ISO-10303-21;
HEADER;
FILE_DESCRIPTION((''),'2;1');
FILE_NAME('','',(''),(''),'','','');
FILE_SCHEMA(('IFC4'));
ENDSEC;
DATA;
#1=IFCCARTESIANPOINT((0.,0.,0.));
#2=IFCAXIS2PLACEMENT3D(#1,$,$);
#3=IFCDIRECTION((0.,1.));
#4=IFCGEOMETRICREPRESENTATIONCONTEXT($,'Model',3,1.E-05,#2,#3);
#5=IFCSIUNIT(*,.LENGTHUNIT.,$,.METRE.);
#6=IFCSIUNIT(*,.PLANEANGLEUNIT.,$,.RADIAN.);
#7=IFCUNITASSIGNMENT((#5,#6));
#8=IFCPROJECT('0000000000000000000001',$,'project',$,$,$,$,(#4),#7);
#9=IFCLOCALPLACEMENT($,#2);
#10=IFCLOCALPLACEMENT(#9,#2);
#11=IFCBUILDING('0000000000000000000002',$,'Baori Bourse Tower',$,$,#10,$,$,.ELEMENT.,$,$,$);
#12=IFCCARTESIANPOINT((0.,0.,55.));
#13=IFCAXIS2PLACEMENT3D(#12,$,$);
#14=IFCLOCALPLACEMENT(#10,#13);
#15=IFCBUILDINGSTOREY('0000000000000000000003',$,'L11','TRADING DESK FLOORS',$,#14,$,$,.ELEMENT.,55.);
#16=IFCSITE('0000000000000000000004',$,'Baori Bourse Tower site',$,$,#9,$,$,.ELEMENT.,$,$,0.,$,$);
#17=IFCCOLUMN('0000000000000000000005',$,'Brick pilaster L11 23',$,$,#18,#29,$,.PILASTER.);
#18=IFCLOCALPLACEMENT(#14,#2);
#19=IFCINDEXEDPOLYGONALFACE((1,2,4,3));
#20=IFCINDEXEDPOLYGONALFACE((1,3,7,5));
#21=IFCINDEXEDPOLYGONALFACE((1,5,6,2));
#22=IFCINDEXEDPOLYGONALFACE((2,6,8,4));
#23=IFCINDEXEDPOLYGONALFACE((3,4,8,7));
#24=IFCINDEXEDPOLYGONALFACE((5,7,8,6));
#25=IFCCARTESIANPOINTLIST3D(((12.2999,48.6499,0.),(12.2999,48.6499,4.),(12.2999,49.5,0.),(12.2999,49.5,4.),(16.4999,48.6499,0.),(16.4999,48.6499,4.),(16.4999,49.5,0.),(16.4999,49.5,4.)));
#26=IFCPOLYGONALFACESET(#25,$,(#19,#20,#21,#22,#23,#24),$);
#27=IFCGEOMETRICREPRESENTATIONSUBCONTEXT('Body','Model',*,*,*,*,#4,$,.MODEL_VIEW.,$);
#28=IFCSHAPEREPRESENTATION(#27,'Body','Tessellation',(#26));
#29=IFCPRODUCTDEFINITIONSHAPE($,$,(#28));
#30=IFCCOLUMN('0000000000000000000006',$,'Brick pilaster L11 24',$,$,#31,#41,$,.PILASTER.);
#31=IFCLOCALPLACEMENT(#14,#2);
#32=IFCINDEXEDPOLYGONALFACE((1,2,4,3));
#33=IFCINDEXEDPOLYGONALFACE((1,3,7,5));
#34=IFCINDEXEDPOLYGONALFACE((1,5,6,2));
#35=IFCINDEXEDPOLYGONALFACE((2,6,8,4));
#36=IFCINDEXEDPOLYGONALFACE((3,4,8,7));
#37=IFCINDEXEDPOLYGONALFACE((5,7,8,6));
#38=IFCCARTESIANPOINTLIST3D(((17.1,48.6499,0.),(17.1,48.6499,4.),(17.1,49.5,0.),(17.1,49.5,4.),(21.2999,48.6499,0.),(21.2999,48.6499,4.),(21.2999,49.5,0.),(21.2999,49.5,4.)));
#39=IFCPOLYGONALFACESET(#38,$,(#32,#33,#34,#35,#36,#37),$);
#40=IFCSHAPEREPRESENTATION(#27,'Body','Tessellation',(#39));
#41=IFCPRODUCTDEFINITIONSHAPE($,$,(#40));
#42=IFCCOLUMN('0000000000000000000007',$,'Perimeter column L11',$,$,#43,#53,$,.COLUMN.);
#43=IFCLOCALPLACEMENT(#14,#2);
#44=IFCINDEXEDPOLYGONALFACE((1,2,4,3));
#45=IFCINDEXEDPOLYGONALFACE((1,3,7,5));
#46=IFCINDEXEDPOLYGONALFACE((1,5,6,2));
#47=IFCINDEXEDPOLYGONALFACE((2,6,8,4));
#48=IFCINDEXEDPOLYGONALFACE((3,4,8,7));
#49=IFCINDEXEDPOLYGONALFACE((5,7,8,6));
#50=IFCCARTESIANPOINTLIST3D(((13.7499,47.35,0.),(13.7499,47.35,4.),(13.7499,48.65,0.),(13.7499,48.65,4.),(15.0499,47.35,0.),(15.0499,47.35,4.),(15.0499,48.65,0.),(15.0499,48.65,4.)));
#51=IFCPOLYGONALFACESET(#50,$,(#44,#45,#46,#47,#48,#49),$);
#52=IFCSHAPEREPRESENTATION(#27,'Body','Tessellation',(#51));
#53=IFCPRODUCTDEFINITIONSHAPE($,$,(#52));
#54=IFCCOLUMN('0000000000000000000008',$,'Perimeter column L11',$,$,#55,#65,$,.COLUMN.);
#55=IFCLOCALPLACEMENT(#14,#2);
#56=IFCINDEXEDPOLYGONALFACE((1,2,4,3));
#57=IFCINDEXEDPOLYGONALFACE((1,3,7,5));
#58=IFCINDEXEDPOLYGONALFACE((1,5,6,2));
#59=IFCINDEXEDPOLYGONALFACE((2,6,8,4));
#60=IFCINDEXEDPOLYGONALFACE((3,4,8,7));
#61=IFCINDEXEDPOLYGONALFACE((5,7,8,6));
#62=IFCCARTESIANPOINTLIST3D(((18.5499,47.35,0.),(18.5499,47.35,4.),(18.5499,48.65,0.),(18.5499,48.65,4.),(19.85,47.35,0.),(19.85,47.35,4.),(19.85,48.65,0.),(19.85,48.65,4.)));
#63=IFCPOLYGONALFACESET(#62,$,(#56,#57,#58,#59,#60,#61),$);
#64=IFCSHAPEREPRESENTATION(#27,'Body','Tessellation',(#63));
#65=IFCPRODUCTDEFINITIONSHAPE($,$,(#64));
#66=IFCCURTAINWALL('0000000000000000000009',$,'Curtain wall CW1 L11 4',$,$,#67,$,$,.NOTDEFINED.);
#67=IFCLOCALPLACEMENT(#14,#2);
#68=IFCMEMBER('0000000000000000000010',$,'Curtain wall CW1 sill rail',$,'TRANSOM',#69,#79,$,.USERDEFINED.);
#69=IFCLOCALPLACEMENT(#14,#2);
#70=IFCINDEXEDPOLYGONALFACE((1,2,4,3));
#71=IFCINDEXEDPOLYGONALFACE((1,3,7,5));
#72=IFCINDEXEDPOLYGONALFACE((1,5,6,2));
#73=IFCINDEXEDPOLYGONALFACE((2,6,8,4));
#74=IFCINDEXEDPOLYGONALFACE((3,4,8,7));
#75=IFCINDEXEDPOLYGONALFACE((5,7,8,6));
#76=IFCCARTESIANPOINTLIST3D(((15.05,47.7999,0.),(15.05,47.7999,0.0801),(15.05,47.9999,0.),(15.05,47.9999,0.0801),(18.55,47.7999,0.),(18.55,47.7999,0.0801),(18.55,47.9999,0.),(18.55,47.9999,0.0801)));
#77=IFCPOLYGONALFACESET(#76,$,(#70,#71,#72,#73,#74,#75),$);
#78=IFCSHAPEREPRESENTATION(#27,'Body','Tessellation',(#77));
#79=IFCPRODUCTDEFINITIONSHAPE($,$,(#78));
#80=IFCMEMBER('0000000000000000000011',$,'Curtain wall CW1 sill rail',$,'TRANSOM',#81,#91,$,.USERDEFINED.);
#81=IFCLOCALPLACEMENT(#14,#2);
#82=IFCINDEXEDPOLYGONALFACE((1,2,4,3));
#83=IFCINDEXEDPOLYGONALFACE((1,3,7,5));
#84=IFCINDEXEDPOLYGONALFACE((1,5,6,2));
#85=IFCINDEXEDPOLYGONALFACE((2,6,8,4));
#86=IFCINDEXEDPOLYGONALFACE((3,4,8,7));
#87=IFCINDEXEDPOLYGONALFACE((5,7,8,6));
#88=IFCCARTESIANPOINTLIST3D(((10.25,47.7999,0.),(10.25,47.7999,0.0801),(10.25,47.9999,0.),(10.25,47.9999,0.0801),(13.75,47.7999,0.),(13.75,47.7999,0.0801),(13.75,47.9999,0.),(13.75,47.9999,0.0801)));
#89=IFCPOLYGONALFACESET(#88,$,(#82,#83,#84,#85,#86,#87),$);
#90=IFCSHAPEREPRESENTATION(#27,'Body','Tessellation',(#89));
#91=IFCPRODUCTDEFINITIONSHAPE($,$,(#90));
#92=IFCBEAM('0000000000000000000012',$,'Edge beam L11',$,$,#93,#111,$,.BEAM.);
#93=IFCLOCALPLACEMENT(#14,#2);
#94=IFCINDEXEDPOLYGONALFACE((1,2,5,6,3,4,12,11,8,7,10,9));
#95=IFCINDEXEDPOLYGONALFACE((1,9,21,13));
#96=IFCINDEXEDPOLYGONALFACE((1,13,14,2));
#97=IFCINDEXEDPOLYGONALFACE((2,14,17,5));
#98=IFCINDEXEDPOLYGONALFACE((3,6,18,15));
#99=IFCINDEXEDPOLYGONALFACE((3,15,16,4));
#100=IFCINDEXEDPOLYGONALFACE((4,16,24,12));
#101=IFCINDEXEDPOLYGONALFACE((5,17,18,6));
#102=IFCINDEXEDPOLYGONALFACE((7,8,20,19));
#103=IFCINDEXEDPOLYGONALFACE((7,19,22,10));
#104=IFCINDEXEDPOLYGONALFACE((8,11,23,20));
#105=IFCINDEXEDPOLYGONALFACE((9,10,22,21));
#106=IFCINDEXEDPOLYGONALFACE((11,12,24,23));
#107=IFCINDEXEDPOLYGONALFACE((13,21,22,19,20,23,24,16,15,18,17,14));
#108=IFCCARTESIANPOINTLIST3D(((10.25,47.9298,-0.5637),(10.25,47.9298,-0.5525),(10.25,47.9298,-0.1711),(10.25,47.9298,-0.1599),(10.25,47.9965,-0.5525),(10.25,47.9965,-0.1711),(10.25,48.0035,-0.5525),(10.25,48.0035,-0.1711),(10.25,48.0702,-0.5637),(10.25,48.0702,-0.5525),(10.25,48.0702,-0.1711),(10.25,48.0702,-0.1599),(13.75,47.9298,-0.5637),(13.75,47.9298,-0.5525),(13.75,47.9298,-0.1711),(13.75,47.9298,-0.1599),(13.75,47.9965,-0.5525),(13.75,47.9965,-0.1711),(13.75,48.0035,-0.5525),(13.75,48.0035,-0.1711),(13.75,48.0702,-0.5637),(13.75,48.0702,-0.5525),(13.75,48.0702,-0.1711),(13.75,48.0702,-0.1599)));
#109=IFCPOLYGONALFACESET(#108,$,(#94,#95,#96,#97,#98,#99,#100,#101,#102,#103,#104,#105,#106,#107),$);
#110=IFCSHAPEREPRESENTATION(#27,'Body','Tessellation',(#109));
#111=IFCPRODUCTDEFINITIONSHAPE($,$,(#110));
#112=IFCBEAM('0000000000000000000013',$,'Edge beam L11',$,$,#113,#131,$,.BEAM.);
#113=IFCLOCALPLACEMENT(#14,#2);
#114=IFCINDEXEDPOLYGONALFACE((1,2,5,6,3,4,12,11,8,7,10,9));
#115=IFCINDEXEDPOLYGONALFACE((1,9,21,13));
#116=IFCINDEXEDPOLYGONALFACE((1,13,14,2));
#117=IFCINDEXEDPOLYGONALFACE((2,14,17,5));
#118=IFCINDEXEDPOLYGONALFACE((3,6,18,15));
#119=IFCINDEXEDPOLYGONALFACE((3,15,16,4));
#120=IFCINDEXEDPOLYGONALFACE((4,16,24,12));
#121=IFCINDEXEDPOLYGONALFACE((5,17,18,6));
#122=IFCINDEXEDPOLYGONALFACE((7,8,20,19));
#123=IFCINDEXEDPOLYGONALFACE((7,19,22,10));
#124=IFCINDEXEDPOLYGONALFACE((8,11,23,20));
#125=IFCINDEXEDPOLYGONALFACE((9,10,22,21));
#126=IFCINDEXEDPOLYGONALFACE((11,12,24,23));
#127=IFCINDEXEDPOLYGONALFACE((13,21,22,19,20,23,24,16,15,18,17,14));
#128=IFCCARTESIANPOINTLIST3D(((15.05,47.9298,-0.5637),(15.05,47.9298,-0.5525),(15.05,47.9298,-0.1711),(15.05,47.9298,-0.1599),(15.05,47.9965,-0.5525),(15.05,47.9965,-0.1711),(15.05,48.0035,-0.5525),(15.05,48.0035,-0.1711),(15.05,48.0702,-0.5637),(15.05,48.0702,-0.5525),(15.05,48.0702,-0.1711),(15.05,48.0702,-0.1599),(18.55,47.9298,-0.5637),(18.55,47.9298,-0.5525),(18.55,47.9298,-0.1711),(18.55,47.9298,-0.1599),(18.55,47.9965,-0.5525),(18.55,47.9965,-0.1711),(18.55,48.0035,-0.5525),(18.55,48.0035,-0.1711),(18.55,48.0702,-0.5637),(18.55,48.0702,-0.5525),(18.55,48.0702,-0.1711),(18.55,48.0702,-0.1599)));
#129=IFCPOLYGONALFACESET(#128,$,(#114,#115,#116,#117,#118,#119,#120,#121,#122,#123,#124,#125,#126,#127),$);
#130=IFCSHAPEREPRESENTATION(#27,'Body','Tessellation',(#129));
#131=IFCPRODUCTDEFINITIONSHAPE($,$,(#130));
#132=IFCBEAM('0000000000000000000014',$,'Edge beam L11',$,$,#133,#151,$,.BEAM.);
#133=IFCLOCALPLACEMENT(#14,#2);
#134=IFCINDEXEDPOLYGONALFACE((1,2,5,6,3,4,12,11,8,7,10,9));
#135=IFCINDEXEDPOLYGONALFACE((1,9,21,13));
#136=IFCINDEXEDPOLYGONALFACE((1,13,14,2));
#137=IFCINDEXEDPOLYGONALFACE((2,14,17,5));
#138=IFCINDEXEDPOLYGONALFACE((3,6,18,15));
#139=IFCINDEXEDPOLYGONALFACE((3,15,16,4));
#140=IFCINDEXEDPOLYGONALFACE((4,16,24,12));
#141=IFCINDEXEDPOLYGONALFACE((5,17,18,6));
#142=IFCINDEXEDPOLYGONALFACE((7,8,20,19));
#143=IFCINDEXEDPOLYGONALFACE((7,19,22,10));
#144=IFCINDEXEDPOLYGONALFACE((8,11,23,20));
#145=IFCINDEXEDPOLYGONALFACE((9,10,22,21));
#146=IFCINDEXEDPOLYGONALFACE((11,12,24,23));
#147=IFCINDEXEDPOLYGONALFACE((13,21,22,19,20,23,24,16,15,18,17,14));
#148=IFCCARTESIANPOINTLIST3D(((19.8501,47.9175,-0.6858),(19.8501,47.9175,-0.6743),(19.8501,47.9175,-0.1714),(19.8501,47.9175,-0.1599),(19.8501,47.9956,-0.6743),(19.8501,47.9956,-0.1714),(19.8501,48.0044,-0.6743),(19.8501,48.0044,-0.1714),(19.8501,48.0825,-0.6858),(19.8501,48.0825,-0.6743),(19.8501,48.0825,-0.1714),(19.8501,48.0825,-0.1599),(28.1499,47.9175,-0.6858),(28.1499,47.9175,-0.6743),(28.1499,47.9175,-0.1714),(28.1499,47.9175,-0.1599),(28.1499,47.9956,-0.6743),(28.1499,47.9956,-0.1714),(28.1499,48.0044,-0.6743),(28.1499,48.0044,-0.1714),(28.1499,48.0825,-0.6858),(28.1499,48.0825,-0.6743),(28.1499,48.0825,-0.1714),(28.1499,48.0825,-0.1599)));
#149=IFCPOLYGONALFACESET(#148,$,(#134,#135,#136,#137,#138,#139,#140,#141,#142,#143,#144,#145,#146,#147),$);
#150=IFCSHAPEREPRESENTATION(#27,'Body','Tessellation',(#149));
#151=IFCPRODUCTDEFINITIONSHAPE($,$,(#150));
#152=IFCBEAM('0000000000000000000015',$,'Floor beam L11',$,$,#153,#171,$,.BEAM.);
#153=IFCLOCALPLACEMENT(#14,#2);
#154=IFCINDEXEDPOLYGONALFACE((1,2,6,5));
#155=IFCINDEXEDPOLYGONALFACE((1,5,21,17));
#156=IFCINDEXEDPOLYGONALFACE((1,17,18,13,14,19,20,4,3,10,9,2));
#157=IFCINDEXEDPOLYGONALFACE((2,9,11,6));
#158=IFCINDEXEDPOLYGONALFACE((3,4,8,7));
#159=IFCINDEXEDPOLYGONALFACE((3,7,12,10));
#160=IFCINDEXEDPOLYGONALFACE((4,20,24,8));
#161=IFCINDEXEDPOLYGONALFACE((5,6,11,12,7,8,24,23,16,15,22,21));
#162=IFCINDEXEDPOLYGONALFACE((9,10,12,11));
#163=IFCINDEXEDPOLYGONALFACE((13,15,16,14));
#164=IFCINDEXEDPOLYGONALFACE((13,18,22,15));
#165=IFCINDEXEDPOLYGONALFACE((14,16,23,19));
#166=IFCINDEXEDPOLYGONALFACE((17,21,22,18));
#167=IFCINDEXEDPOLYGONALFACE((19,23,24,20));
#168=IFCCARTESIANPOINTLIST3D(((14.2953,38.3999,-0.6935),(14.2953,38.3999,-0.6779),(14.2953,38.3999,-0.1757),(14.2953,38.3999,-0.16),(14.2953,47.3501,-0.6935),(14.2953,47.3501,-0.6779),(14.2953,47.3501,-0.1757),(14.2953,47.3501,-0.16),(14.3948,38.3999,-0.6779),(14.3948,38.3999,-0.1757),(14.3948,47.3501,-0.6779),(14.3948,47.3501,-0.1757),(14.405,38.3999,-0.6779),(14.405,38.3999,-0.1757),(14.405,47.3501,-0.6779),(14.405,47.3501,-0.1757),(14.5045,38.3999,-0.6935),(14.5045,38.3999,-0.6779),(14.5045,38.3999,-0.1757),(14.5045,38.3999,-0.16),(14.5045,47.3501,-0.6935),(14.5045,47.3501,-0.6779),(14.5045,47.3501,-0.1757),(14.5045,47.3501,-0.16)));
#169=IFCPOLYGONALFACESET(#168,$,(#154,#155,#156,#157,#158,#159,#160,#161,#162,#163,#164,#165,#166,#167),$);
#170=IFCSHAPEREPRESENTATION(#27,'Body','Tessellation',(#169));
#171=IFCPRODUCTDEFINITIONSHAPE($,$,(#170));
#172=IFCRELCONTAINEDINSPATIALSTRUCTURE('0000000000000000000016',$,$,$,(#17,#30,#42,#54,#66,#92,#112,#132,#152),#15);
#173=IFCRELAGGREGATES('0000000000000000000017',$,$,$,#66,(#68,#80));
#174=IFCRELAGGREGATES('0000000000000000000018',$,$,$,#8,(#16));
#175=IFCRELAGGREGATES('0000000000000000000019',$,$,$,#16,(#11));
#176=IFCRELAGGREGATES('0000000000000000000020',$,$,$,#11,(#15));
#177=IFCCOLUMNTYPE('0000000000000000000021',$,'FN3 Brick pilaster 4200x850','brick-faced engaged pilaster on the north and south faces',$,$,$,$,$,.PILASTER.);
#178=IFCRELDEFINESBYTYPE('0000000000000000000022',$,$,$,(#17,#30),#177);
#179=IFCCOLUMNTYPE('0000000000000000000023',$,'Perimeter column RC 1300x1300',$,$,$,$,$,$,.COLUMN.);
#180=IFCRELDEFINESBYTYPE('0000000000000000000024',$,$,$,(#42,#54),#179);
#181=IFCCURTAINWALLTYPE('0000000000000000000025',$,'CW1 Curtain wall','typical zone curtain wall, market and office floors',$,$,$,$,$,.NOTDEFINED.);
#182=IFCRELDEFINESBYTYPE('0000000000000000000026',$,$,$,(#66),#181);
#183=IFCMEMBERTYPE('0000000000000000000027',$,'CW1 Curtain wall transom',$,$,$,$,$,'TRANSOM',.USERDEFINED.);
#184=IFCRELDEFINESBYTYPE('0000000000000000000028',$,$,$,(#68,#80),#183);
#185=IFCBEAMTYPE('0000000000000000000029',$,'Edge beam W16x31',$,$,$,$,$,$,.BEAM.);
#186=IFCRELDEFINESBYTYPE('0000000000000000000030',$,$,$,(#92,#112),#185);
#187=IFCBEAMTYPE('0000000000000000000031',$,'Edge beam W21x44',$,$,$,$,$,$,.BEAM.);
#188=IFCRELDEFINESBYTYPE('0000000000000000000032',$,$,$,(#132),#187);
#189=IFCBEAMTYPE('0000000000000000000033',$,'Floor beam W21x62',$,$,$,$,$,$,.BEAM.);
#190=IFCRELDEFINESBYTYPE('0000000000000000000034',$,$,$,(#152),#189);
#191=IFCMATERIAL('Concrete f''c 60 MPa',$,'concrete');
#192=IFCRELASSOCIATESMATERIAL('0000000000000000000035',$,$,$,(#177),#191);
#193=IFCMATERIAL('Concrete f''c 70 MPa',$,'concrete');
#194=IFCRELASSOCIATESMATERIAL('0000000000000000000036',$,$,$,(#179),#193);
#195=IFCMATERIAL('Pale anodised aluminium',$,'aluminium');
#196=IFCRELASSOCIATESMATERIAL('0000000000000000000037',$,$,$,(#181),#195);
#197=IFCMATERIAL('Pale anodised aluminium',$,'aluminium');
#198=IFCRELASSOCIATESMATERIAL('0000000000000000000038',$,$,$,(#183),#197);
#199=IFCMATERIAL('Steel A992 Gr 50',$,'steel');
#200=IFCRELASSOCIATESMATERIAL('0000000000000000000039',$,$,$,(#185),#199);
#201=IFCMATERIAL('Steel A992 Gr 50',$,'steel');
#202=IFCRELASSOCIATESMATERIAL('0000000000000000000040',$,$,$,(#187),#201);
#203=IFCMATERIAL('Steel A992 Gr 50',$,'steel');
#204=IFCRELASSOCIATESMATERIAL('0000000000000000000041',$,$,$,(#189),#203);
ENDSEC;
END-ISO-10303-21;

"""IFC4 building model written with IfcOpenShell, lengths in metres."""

from ifc_helpers import new_model, si_unit, direction, frame, origin, origin_2d, place, context, subcontext, project, spatial, rectangle, i_section, extrude, material, material_profile, profile_set, type_object, element, aggregate, save


model = new_model("IFC4")

# Units and contexts
model_context = context("Model", 3, precision=1e-05, world=origin(), true_north=direction((0.0, 1.0)))
body_context = subcontext(model_context, "Body", "Model", "MODEL_VIEW")
ifc_project = project(units=[si_unit("LENGTHUNIT", "METRE"), si_unit("PLANEANGLEUNIT", "RADIAN")], contexts=[model_context])

# Site, building, storey
site_placement = place(None, origin())
site = spatial("IfcSite", under=ifc_project, at=site_placement, Name="Baori Bourse Tower site", CompositionType="ELEMENT", RefElevation=0.0)
building_placement = place(site_placement, origin())
building = spatial("IfcBuilding", under=site, at=building_placement, Name="Baori Bourse Tower", CompositionType="ELEMENT")
storey_placement = place(building_placement, frame((0.0, 0.0, 55.0)))
storey = spatial("IfcBuildingStorey", under=building, at=storey_placement, Name="L11", Description="TRADING DESK FLOORS", CompositionType="ELEMENT", Elevation=55.0)

# Columns
ifc_material_1 = material(Name="Concrete f'c 60 MPa", Category="concrete")
ifc_material_profile_1 = material_profile(ifc_material_1, rectangle(XDim=4.2, YDim=0.8501, at=origin_2d()), Name="RC 4200x850")
ifc_profile_set_1 = profile_set([ifc_material_profile_1], Name="Concrete f'c 60 MPa")
column_type_1 = type_object("IfcColumnType", Name="FN3 Brick pilaster 4200x850", Description="brick-faced engaged pilaster on the north and south faces", PredefinedType="PILASTER", material=ifc_profile_set_1)
for number, where, z_axis, x_axis, name in (
    (1, (14.3999, 49.075, 0.0), (0.0, 0.0, 1.0), (1.0, 0.0, 0.0), "Brick pilaster L11 23"),
    (2, (19.2, 49.075, 0.0), (0.0, 0.0, 1.0), (1.0, 0.0, 0.0), "Brick pilaster L11 24"),
):
    element("IfcColumn", number, at=place(storey_placement, frame(where, z_axis=z_axis, x_axis=x_axis)), inside=storey, type_object=column_type_1, Name=name, PredefinedType="PILASTER", context=body_context, shape_type="SweptSolid", body=[
        extrude(rectangle(XDim=4.2, YDim=0.8501, at=origin_2d()), origin(), (0.0, 0.0, 1.0), 4.0),
    ])
ifc_material_2 = material(Name="Concrete f'c 70 MPa", Category="concrete")
ifc_material_profile_2 = material_profile(ifc_material_2, rectangle(XDim=1.3, YDim=1.3, at=origin_2d()), Name="RC 1300x1300")
ifc_profile_set_2 = profile_set([ifc_material_profile_2], Name="Concrete f'c 70 MPa")
column_type_2 = type_object("IfcColumnType", Name="Perimeter column RC 1300x1300", PredefinedType="COLUMN", material=ifc_profile_set_2)
for number, where, z_axis, x_axis, name in (
    (3, (14.3999, 48.0, 0.0), (0.0, 0.0, 1.0), (1.0, 0.0, 0.0), "Perimeter column L11"),
    (4, (19.2, 48.0, 0.0), (0.0, 0.0, 1.0), (1.0, 0.0, 0.0), "Perimeter column L11"),
):
    element("IfcColumn", number, at=place(storey_placement, frame(where, z_axis=z_axis, x_axis=x_axis)), inside=storey, type_object=column_type_2, Name=name, PredefinedType="COLUMN", context=body_context, shape_type="SweptSolid", body=[
        extrude(rectangle(XDim=1.3, YDim=1.3, at=origin_2d()), origin(), (0.0, 0.0, 1.0), 4.0),
    ])

# Curtain wall, members
ifc_material_3 = material(Name="Pale anodised aluminium", Category="aluminium")
curtain_wall_type = type_object("IfcCurtainWallType", Name="CW1 Curtain wall", Description="typical zone curtain wall, market and office floors", PredefinedType="NOTDEFINED", material=ifc_material_3)
curtain_wall_placement = place(storey_placement, origin())
curtain_wall = element("IfcCurtainWall", 5, at=curtain_wall_placement, inside=storey, type_object=curtain_wall_type, Name="Curtain wall CW1 L11 4", PredefinedType="NOTDEFINED")
ifc_material_4 = material(Name="Pale anodised aluminium", Category="aluminium")
ifc_material_profile_3 = material_profile(ifc_material_4, rectangle(XDim=0.2, YDim=0.0801, at=origin_2d()), Name="Transom 80x200")
ifc_profile_set_3 = profile_set([ifc_material_profile_3], Name="Pale anodised aluminium")
member_type = type_object("IfcMemberType", Name="CW1 Curtain wall transom", ElementType="TRANSOM", PredefinedType="USERDEFINED", material=ifc_profile_set_3)
member_1_placement = place(storey_placement, frame((18.55, 47.8999, 0.04), z_axis=(-1.0, 0.0, 0.0), x_axis=(0.0, -1.0, 0.0)))
member_1 = element("IfcMember", 6, at=member_1_placement, type_object=member_type, Name="Curtain wall CW1 sill rail", ObjectType="TRANSOM", PredefinedType="USERDEFINED", context=body_context, shape_type="SweptSolid", body=[
    extrude(rectangle(XDim=0.2, YDim=0.0801, at=origin_2d()), origin(), (0.0, 0.0, 1.0), 3.5),
])
member_2_placement = place(storey_placement, frame((13.75, 47.8999, 0.04), z_axis=(-1.0, 0.0, 0.0), x_axis=(0.0, -1.0, 0.0)))
member_2 = element("IfcMember", 7, at=member_2_placement, type_object=member_type, Name="Curtain wall CW1 sill rail", ObjectType="TRANSOM", PredefinedType="USERDEFINED", context=body_context, shape_type="SweptSolid", body=[
    extrude(rectangle(XDim=0.2, YDim=0.0801, at=origin_2d()), origin(), (0.0, 0.0, 1.0), 3.5),
])

# Beams
ifc_material_5 = material(Name="Steel A992 Gr 50", Category="steel")
ifc_material_profile_4 = material_profile(ifc_material_5, i_section(OverallWidth=0.1404, OverallDepth=0.4038, WebThickness=0.0071, FlangeThickness=0.0112, at=origin_2d()), Name="W16x31")
ifc_profile_set_4 = profile_set([ifc_material_profile_4], Name="Steel A992 Gr 50")
beam_type_1 = type_object("IfcBeamType", Name="Edge beam W16x31", PredefinedType="BEAM", material=ifc_profile_set_4)
for number, where, z_axis, x_axis, name in (
    (8, (10.25, 48.0, -0.3618), (1.0, 0.0, 0.0), (0.0, 1.0, 0.0), "Edge beam L11"),
    (9, (15.05, 48.0, -0.3618), (1.0, 0.0, 0.0), (0.0, 1.0, 0.0), "Edge beam L11"),
):
    element("IfcBeam", number, at=place(storey_placement, frame(where, z_axis=z_axis, x_axis=x_axis)), inside=storey, type_object=beam_type_1, Name=name, PredefinedType="BEAM", context=body_context, shape_type="SweptSolid", body=[
        extrude(i_section(OverallWidth=0.1404, OverallDepth=0.4038, WebThickness=0.0071, FlangeThickness=0.0112, at=origin_2d()), origin(), (0.0, 0.0, 1.0), 3.5),
    ])
ifc_material_6 = material(Name="Steel A992 Gr 50", Category="steel")
ifc_material_profile_5 = material_profile(ifc_material_6, i_section(OverallWidth=0.165, OverallDepth=0.5259, WebThickness=0.0088, FlangeThickness=0.0115, at=origin_2d()), Name="W21x44")
ifc_profile_set_5 = profile_set([ifc_material_profile_5], Name="Steel A992 Gr 50")
beam_type_2 = type_object("IfcBeamType", Name="Edge beam W21x44", PredefinedType="BEAM", material=ifc_profile_set_5)
beam_1_placement = place(storey_placement, frame((19.8501, 48.0, -0.4229), z_axis=(1.0, 0.0, 0.0), x_axis=(0.0, 1.0, 0.0)))
element("IfcBeam", 10, at=beam_1_placement, inside=storey, type_object=beam_type_2, Name="Edge beam L11", PredefinedType="BEAM", context=body_context, shape_type="SweptSolid", body=[
    extrude(i_section(OverallWidth=0.165, OverallDepth=0.5259, WebThickness=0.0088, FlangeThickness=0.0115, at=origin_2d()), origin(), (0.0, 0.0, 1.0), 8.2998),
])
ifc_material_7 = material(Name="Steel A992 Gr 50", Category="steel")
ifc_material_profile_6 = material_profile(ifc_material_7, i_section(OverallWidth=0.2092, OverallDepth=0.5334, WebThickness=0.0103, FlangeThickness=0.0156, at=origin_2d()), Name="W21x62")
ifc_profile_set_6 = profile_set([ifc_material_profile_6], Name="Steel A992 Gr 50")
beam_type_3 = type_object("IfcBeamType", Name="Floor beam W21x62", PredefinedType="BEAM", material=ifc_profile_set_6)
beam_2_placement = place(storey_placement, frame((14.3999, 38.3999, -0.4268), z_axis=(0.0, 1.0, 0.0), x_axis=(-1.0, 0.0, 0.0)))
element("IfcBeam", 11, at=beam_2_placement, inside=storey, type_object=beam_type_3, Name="Floor beam L11", PredefinedType="BEAM", context=body_context, shape_type="SweptSolid", body=[
    extrude(i_section(OverallWidth=0.2092, OverallDepth=0.5334, WebThickness=0.0103, FlangeThickness=0.0156, at=origin_2d()), origin(), (0.0, 0.0, 1.0), 8.9502),
])

aggregate(curtain_wall, [member_1, member_2])

save(model, "model.ifc")
